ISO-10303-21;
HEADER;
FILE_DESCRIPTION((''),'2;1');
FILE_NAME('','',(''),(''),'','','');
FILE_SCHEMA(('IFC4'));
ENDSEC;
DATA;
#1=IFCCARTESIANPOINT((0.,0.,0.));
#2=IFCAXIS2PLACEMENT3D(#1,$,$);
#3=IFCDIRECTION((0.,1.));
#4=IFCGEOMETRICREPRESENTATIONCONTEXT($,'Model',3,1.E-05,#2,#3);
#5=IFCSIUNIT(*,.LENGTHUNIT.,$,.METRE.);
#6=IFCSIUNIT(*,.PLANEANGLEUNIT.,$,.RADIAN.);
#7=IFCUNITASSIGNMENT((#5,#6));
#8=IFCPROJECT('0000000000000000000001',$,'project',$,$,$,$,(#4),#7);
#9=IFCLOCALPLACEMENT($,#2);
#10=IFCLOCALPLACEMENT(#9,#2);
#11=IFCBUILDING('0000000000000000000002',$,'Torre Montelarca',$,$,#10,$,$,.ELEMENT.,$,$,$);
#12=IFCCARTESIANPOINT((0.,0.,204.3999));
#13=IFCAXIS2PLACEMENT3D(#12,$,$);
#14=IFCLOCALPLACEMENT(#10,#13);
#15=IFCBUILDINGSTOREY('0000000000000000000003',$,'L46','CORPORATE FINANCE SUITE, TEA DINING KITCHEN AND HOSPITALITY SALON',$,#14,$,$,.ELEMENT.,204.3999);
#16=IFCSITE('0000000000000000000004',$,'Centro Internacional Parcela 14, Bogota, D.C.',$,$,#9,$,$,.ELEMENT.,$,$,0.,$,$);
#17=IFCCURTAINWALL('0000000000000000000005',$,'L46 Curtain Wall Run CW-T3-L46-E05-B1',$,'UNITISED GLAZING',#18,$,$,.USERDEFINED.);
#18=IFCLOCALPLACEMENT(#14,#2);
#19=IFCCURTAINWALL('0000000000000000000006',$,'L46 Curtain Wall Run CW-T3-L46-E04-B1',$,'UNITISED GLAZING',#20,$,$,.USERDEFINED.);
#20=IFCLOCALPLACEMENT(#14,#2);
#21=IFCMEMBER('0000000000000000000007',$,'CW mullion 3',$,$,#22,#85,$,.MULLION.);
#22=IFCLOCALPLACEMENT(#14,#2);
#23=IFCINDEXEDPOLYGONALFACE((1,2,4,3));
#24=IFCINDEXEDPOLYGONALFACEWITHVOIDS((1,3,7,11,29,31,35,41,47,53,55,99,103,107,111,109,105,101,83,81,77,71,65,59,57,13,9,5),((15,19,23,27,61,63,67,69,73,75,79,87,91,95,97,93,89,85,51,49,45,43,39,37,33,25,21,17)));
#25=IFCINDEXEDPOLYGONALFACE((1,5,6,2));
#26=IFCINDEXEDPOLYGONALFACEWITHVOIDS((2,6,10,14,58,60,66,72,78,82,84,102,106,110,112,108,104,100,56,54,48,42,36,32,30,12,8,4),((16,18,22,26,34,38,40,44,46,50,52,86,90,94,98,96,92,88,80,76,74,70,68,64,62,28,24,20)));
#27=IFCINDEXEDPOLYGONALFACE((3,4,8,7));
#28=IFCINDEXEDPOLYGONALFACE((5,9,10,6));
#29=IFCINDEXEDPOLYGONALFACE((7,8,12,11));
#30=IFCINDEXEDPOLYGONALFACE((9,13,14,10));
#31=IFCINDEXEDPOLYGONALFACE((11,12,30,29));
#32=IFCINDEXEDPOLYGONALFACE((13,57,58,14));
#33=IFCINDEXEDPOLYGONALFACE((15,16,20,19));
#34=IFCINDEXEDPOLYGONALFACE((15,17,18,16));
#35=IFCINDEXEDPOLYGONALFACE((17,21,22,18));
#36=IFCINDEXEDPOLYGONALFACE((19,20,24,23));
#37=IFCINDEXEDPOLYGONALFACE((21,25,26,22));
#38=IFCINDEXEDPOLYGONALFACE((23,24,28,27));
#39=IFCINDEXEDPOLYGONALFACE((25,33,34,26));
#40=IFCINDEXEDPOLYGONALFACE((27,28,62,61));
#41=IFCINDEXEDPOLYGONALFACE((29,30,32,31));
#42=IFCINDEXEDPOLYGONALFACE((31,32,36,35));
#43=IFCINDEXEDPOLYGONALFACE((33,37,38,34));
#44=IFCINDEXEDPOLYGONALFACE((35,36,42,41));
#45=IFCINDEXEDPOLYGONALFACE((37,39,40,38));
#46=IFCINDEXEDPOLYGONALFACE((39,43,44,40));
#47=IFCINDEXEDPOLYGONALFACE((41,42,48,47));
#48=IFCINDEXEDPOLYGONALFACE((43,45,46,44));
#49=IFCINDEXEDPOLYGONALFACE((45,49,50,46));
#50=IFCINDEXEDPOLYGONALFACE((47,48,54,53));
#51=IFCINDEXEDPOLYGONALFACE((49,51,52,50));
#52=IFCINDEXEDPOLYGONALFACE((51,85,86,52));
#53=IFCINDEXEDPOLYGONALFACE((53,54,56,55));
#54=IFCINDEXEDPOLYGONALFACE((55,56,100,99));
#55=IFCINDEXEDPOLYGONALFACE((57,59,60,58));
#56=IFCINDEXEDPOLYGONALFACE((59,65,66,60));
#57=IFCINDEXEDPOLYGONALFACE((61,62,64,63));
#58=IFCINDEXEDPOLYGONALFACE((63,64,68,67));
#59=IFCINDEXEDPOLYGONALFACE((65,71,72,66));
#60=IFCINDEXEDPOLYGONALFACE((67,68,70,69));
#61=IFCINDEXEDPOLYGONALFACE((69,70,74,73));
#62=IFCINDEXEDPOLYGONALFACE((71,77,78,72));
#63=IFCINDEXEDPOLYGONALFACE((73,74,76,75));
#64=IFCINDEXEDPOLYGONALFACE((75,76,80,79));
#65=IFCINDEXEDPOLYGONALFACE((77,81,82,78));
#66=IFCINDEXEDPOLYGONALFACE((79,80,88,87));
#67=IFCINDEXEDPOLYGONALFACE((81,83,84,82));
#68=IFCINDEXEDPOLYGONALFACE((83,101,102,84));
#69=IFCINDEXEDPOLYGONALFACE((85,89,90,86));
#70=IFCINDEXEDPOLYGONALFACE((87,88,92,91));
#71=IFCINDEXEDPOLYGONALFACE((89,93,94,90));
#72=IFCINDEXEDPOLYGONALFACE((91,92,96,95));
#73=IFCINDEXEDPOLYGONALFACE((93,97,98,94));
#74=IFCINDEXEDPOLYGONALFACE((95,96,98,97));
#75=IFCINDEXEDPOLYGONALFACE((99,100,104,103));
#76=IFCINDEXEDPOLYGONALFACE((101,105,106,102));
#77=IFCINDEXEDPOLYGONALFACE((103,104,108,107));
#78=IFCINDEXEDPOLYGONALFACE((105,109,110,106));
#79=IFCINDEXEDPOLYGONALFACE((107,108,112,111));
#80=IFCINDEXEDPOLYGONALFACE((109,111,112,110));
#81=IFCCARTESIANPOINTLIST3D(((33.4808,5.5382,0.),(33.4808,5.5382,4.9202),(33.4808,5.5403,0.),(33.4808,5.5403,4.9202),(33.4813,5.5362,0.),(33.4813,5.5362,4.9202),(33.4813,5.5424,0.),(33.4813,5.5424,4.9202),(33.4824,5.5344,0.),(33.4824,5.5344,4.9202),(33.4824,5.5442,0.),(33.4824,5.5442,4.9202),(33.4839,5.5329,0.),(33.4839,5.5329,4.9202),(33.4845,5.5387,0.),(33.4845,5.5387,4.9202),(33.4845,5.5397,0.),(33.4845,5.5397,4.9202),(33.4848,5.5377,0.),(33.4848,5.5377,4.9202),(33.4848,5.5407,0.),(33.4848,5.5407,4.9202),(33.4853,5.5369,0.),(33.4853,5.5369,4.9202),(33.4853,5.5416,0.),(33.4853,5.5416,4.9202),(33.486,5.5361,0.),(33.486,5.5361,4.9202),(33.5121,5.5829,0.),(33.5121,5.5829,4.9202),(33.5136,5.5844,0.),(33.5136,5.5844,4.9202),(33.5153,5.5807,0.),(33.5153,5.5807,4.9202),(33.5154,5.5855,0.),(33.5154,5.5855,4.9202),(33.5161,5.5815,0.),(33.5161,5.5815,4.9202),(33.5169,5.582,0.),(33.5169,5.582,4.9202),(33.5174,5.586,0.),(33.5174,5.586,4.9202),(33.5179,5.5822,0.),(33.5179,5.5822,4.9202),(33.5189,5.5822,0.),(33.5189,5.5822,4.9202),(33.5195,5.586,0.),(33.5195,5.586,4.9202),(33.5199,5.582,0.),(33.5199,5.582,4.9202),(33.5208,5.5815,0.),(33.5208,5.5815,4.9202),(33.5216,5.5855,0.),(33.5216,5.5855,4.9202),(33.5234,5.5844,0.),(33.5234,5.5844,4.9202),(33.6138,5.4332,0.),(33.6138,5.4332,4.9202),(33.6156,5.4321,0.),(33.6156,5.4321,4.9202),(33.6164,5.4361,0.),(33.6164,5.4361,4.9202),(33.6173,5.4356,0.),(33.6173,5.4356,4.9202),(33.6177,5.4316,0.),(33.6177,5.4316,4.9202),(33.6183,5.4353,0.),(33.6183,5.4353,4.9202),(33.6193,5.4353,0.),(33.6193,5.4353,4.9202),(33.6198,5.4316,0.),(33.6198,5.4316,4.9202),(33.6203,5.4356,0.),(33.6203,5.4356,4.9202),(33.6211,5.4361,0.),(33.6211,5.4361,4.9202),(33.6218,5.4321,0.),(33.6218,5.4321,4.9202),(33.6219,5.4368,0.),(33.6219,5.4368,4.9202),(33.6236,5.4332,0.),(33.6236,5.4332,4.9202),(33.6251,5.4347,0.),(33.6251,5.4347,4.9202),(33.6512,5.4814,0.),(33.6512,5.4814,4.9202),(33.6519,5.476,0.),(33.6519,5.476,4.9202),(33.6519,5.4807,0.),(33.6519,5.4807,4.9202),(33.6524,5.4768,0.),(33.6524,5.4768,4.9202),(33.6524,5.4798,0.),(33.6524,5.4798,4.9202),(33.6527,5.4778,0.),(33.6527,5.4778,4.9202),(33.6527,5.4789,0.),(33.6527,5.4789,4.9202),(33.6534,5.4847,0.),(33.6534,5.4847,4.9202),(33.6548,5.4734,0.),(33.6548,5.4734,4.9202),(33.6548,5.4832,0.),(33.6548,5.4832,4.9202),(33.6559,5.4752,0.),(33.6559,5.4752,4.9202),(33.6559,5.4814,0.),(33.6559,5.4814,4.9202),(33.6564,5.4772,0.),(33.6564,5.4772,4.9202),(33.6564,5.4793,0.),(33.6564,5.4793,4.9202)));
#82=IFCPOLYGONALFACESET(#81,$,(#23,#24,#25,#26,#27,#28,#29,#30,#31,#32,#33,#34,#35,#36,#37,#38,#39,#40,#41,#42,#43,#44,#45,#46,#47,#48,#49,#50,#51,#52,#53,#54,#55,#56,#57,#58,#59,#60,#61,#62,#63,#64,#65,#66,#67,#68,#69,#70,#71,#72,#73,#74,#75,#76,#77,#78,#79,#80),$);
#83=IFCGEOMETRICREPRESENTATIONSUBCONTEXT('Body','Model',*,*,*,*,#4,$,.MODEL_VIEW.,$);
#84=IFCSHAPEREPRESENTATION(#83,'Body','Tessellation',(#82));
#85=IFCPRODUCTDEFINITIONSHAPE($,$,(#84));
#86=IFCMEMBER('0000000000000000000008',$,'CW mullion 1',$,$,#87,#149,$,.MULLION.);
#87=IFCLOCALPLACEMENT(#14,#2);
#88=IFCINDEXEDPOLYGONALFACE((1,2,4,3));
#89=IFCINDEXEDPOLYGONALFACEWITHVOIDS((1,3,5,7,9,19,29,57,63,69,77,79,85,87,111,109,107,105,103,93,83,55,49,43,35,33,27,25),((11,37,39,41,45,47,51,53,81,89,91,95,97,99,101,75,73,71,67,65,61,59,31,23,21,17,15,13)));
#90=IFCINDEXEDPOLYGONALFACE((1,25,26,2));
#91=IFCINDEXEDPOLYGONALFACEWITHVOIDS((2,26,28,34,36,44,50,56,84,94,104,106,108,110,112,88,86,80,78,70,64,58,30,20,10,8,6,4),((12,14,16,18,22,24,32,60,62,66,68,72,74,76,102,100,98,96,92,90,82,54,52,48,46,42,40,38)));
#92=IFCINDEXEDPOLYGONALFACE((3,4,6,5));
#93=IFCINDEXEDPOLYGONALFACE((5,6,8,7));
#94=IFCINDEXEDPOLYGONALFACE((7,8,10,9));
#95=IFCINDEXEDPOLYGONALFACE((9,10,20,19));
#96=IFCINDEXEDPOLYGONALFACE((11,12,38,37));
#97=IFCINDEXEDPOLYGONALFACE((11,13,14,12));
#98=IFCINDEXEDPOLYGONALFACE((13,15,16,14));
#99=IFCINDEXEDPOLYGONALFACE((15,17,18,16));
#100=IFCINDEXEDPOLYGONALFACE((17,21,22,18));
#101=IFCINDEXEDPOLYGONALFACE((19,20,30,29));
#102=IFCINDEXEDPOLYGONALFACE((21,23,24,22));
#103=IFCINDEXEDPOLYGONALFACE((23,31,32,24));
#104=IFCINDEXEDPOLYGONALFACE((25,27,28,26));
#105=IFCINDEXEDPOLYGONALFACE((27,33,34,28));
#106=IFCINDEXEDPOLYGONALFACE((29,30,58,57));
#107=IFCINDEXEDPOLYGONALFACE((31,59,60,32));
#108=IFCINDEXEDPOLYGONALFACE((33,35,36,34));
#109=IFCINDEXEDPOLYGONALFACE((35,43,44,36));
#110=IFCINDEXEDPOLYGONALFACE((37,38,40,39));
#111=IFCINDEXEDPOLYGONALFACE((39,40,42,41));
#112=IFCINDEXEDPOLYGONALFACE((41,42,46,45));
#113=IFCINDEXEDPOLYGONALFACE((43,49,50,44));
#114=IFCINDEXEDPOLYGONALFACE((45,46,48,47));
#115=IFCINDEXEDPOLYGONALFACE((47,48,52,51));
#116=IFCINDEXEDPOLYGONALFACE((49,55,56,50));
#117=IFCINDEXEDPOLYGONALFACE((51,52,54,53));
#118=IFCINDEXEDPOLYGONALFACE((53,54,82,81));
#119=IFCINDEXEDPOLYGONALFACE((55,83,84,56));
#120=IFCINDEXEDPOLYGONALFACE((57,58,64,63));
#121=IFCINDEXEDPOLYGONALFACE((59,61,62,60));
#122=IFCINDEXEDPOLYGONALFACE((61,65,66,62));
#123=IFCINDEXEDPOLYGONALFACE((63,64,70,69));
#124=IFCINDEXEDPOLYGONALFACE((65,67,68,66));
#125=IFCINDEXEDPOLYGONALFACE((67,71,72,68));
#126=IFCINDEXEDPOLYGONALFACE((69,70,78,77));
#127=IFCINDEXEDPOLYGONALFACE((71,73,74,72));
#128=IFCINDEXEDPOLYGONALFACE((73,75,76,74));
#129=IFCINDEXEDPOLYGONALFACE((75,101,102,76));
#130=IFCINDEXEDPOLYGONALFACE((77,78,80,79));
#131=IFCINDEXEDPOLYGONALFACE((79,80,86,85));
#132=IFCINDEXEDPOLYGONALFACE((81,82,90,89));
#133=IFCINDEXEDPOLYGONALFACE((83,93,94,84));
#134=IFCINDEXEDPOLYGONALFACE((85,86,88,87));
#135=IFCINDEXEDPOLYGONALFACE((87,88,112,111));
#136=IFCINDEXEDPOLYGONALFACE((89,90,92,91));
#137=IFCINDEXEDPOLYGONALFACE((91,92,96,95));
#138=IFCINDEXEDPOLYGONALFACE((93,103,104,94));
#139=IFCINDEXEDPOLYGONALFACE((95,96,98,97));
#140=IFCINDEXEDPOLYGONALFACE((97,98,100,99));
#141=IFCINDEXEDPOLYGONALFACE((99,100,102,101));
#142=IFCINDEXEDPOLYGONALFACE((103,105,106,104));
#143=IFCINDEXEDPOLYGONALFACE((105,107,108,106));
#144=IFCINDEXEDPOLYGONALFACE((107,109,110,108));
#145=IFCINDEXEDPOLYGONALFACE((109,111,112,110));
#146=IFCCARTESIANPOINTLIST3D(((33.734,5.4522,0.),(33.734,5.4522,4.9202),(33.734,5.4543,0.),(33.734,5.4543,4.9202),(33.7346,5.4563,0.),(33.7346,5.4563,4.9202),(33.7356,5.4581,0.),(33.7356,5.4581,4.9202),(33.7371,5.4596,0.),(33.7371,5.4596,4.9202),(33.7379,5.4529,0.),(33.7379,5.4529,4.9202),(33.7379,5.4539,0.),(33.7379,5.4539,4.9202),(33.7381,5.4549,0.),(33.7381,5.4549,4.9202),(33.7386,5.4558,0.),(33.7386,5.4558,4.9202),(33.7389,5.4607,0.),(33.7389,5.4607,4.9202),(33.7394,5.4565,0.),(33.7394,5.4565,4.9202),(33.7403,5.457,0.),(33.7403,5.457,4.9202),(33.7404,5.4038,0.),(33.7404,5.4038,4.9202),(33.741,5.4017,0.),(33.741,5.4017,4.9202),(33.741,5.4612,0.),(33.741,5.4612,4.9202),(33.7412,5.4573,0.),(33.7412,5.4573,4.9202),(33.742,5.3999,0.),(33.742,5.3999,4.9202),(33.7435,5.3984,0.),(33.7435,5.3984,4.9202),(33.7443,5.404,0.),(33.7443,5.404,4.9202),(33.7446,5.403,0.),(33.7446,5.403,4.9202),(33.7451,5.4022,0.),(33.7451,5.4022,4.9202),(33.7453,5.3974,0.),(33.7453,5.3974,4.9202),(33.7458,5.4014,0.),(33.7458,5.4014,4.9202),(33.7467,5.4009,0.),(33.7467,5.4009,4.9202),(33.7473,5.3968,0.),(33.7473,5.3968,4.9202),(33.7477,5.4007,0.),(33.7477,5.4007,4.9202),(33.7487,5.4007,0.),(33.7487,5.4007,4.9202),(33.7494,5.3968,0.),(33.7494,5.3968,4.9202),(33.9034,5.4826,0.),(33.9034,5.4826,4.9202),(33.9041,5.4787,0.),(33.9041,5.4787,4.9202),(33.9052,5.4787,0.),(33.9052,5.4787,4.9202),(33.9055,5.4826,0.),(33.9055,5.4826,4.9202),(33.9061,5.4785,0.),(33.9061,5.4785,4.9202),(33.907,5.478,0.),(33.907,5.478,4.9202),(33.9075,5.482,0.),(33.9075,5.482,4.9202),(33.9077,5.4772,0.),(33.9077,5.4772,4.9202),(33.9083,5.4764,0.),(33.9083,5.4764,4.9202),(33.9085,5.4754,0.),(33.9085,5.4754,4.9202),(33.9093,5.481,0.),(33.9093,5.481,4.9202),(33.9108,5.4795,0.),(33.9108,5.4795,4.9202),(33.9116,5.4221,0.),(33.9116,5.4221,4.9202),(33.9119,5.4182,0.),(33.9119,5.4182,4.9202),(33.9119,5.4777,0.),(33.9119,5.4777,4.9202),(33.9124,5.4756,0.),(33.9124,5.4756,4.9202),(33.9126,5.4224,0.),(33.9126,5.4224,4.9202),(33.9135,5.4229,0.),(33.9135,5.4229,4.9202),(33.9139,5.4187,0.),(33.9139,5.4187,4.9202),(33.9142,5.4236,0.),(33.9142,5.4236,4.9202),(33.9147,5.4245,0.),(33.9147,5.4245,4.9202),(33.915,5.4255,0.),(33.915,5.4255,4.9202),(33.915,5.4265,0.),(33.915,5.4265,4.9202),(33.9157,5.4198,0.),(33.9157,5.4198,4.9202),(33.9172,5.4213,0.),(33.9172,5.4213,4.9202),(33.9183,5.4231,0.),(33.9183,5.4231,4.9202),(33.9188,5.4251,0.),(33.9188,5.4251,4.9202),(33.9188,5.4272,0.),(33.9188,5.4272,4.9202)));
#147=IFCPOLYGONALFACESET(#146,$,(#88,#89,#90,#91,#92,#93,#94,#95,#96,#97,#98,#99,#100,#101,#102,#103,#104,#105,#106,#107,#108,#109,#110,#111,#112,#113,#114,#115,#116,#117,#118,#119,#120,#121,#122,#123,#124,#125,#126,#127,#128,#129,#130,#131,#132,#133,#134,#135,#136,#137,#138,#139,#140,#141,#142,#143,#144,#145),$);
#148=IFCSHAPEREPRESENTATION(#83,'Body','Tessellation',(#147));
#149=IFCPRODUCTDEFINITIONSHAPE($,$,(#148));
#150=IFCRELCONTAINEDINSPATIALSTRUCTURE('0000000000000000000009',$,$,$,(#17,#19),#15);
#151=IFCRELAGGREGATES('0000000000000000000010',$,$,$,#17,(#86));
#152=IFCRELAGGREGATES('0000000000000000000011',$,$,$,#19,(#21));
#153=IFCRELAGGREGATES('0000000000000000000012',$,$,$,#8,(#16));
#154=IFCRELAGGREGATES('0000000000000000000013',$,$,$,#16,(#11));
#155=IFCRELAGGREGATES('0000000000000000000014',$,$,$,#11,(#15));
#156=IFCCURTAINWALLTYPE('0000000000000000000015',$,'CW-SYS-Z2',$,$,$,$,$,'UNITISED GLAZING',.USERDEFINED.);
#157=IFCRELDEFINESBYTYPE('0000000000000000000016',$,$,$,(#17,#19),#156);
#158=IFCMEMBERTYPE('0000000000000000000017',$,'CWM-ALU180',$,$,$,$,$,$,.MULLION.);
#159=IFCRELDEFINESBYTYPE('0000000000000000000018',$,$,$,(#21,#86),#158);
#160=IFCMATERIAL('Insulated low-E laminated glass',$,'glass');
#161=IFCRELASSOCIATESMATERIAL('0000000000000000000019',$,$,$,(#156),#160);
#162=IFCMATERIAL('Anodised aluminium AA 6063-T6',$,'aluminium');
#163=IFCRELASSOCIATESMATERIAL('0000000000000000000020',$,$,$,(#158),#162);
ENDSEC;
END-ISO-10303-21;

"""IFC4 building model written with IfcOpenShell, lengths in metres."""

from ifc_helpers import new_model, si_unit, direction, frame, origin, origin_2d, place, context, subcontext, project, spatial, hollow_rectangle, extrude, source, transform, mapped, material, material_profile, profile_set, type_object, element, aggregate, save


model = new_model("IFC4")

# Units and contexts
model_context = context("Model", 3, precision=1e-05, world=origin(), true_north=direction((0.0, 1.0)))
body_context = subcontext(model_context, "Body", "Model", "MODEL_VIEW")
ifc_project = project(units=[si_unit("LENGTHUNIT", "METRE"), si_unit("PLANEANGLEUNIT", "RADIAN")], contexts=[model_context])

# Site, building, storey
site_placement = place(None, origin())
site = spatial("IfcSite", under=ifc_project, at=site_placement, Name="Centro Internacional Parcela 14, Bogota, D.C.", CompositionType="ELEMENT", RefElevation=0.0)
building_placement = place(site_placement, origin())
building = spatial("IfcBuilding", under=site, at=building_placement, Name="Torre Montelarca", CompositionType="ELEMENT")
storey_placement = place(building_placement, frame((0.0, 0.0, 204.3999)))
storey = spatial("IfcBuildingStorey", under=building, at=storey_placement, Name="L46", Description="CORPORATE FINANCE SUITE, TEA DINING KITCHEN AND HOSPITALITY SALON", CompositionType="ELEMENT", Elevation=204.3999)

# Curtain walls, member
ifc_material_1 = material(Name="Insulated low-E laminated glass", Category="glass")
curtain_wall_type = type_object("IfcCurtainWallType", Name="CW-SYS-Z2", ElementType="UNITISED GLAZING", PredefinedType="USERDEFINED", material=ifc_material_1)
curtain_wall_1_placement = place(storey_placement, origin())
curtain_wall_1 = element("IfcCurtainWall", 1, at=curtain_wall_1_placement, inside=storey, type_object=curtain_wall_type, Name="L46 Curtain Wall Run CW-T3-L46-E05-B1", ObjectType="UNITISED GLAZING", PredefinedType="USERDEFINED")
ifc_material_2 = material(Name="Anodised aluminium AA 6063-T6", Category="aluminium")
ifc_material_profile_1 = material_profile(ifc_material_2, hollow_rectangle(XDim=0.0649, YDim=0.1799, WallThickness=0.0039, InnerFilletRadius=0.0039, OuterFilletRadius=0.0081, at=origin_2d()), Name="ALU65X180X4", Category="aluminium")
ifc_profile_set_1 = profile_set([ifc_material_profile_1], Name="Anodised aluminium AA 6063-T6")
member_type_1 = type_object("IfcMemberType", Name="CWM-ALU180", PredefinedType="MULLION", material=ifc_profile_set_1)
shared_shape_1 = source(origin(), body_context, "Body", "SweptSolid", [
    extrude(hollow_rectangle(XDim=0.0649, YDim=0.1799, WallThickness=0.0039, InnerFilletRadius=0.0039, OuterFilletRadius=0.0081, at=origin_2d()), origin(), (0.0, 0.0, 1.0), 4.9202),
])
curtain_wall_2_placement = place(storey_placement, origin())
curtain_wall_2 = element("IfcCurtainWall", 2, at=curtain_wall_2_placement, inside=storey, type_object=curtain_wall_type, Name="L46 Curtain Wall Run CW-T3-L46-E04-B1", ObjectType="UNITISED GLAZING", PredefinedType="USERDEFINED")
member_1_placement = place(storey_placement, frame((33.5686, 5.5088, 0.0), z_axis=(0.0, 0.0, 1.0), x_axis=(0.608758, 0.793356, 0.0)))
member_1 = element("IfcMember", 3, at=member_1_placement, type_object=member_type_1, Name="CW mullion 3", PredefinedType="MULLION", context=body_context, shape_type="MappedRepresentation", body=[
    mapped(shared_shape_1, transform((0.0, 0.0, 0.0), scale=1.0)),
])

# Member
member_2_placement = place(storey_placement, frame((33.8264, 5.4397, 0.0), z_axis=(0.0, 0.0, 1.0), x_axis=(-0.130512, 0.991447, 0.0)))
member_2 = element("IfcMember", 4, at=member_2_placement, type_object=member_type_1, Name="CW mullion 1", PredefinedType="MULLION", context=body_context, shape_type="MappedRepresentation", body=[
    mapped(shared_shape_1, transform((0.0, 0.0, 0.0), scale=1.0)),
])

aggregate(curtain_wall_1, [member_2])
aggregate(curtain_wall_2, [member_1])

save(model, "model.ifc")
